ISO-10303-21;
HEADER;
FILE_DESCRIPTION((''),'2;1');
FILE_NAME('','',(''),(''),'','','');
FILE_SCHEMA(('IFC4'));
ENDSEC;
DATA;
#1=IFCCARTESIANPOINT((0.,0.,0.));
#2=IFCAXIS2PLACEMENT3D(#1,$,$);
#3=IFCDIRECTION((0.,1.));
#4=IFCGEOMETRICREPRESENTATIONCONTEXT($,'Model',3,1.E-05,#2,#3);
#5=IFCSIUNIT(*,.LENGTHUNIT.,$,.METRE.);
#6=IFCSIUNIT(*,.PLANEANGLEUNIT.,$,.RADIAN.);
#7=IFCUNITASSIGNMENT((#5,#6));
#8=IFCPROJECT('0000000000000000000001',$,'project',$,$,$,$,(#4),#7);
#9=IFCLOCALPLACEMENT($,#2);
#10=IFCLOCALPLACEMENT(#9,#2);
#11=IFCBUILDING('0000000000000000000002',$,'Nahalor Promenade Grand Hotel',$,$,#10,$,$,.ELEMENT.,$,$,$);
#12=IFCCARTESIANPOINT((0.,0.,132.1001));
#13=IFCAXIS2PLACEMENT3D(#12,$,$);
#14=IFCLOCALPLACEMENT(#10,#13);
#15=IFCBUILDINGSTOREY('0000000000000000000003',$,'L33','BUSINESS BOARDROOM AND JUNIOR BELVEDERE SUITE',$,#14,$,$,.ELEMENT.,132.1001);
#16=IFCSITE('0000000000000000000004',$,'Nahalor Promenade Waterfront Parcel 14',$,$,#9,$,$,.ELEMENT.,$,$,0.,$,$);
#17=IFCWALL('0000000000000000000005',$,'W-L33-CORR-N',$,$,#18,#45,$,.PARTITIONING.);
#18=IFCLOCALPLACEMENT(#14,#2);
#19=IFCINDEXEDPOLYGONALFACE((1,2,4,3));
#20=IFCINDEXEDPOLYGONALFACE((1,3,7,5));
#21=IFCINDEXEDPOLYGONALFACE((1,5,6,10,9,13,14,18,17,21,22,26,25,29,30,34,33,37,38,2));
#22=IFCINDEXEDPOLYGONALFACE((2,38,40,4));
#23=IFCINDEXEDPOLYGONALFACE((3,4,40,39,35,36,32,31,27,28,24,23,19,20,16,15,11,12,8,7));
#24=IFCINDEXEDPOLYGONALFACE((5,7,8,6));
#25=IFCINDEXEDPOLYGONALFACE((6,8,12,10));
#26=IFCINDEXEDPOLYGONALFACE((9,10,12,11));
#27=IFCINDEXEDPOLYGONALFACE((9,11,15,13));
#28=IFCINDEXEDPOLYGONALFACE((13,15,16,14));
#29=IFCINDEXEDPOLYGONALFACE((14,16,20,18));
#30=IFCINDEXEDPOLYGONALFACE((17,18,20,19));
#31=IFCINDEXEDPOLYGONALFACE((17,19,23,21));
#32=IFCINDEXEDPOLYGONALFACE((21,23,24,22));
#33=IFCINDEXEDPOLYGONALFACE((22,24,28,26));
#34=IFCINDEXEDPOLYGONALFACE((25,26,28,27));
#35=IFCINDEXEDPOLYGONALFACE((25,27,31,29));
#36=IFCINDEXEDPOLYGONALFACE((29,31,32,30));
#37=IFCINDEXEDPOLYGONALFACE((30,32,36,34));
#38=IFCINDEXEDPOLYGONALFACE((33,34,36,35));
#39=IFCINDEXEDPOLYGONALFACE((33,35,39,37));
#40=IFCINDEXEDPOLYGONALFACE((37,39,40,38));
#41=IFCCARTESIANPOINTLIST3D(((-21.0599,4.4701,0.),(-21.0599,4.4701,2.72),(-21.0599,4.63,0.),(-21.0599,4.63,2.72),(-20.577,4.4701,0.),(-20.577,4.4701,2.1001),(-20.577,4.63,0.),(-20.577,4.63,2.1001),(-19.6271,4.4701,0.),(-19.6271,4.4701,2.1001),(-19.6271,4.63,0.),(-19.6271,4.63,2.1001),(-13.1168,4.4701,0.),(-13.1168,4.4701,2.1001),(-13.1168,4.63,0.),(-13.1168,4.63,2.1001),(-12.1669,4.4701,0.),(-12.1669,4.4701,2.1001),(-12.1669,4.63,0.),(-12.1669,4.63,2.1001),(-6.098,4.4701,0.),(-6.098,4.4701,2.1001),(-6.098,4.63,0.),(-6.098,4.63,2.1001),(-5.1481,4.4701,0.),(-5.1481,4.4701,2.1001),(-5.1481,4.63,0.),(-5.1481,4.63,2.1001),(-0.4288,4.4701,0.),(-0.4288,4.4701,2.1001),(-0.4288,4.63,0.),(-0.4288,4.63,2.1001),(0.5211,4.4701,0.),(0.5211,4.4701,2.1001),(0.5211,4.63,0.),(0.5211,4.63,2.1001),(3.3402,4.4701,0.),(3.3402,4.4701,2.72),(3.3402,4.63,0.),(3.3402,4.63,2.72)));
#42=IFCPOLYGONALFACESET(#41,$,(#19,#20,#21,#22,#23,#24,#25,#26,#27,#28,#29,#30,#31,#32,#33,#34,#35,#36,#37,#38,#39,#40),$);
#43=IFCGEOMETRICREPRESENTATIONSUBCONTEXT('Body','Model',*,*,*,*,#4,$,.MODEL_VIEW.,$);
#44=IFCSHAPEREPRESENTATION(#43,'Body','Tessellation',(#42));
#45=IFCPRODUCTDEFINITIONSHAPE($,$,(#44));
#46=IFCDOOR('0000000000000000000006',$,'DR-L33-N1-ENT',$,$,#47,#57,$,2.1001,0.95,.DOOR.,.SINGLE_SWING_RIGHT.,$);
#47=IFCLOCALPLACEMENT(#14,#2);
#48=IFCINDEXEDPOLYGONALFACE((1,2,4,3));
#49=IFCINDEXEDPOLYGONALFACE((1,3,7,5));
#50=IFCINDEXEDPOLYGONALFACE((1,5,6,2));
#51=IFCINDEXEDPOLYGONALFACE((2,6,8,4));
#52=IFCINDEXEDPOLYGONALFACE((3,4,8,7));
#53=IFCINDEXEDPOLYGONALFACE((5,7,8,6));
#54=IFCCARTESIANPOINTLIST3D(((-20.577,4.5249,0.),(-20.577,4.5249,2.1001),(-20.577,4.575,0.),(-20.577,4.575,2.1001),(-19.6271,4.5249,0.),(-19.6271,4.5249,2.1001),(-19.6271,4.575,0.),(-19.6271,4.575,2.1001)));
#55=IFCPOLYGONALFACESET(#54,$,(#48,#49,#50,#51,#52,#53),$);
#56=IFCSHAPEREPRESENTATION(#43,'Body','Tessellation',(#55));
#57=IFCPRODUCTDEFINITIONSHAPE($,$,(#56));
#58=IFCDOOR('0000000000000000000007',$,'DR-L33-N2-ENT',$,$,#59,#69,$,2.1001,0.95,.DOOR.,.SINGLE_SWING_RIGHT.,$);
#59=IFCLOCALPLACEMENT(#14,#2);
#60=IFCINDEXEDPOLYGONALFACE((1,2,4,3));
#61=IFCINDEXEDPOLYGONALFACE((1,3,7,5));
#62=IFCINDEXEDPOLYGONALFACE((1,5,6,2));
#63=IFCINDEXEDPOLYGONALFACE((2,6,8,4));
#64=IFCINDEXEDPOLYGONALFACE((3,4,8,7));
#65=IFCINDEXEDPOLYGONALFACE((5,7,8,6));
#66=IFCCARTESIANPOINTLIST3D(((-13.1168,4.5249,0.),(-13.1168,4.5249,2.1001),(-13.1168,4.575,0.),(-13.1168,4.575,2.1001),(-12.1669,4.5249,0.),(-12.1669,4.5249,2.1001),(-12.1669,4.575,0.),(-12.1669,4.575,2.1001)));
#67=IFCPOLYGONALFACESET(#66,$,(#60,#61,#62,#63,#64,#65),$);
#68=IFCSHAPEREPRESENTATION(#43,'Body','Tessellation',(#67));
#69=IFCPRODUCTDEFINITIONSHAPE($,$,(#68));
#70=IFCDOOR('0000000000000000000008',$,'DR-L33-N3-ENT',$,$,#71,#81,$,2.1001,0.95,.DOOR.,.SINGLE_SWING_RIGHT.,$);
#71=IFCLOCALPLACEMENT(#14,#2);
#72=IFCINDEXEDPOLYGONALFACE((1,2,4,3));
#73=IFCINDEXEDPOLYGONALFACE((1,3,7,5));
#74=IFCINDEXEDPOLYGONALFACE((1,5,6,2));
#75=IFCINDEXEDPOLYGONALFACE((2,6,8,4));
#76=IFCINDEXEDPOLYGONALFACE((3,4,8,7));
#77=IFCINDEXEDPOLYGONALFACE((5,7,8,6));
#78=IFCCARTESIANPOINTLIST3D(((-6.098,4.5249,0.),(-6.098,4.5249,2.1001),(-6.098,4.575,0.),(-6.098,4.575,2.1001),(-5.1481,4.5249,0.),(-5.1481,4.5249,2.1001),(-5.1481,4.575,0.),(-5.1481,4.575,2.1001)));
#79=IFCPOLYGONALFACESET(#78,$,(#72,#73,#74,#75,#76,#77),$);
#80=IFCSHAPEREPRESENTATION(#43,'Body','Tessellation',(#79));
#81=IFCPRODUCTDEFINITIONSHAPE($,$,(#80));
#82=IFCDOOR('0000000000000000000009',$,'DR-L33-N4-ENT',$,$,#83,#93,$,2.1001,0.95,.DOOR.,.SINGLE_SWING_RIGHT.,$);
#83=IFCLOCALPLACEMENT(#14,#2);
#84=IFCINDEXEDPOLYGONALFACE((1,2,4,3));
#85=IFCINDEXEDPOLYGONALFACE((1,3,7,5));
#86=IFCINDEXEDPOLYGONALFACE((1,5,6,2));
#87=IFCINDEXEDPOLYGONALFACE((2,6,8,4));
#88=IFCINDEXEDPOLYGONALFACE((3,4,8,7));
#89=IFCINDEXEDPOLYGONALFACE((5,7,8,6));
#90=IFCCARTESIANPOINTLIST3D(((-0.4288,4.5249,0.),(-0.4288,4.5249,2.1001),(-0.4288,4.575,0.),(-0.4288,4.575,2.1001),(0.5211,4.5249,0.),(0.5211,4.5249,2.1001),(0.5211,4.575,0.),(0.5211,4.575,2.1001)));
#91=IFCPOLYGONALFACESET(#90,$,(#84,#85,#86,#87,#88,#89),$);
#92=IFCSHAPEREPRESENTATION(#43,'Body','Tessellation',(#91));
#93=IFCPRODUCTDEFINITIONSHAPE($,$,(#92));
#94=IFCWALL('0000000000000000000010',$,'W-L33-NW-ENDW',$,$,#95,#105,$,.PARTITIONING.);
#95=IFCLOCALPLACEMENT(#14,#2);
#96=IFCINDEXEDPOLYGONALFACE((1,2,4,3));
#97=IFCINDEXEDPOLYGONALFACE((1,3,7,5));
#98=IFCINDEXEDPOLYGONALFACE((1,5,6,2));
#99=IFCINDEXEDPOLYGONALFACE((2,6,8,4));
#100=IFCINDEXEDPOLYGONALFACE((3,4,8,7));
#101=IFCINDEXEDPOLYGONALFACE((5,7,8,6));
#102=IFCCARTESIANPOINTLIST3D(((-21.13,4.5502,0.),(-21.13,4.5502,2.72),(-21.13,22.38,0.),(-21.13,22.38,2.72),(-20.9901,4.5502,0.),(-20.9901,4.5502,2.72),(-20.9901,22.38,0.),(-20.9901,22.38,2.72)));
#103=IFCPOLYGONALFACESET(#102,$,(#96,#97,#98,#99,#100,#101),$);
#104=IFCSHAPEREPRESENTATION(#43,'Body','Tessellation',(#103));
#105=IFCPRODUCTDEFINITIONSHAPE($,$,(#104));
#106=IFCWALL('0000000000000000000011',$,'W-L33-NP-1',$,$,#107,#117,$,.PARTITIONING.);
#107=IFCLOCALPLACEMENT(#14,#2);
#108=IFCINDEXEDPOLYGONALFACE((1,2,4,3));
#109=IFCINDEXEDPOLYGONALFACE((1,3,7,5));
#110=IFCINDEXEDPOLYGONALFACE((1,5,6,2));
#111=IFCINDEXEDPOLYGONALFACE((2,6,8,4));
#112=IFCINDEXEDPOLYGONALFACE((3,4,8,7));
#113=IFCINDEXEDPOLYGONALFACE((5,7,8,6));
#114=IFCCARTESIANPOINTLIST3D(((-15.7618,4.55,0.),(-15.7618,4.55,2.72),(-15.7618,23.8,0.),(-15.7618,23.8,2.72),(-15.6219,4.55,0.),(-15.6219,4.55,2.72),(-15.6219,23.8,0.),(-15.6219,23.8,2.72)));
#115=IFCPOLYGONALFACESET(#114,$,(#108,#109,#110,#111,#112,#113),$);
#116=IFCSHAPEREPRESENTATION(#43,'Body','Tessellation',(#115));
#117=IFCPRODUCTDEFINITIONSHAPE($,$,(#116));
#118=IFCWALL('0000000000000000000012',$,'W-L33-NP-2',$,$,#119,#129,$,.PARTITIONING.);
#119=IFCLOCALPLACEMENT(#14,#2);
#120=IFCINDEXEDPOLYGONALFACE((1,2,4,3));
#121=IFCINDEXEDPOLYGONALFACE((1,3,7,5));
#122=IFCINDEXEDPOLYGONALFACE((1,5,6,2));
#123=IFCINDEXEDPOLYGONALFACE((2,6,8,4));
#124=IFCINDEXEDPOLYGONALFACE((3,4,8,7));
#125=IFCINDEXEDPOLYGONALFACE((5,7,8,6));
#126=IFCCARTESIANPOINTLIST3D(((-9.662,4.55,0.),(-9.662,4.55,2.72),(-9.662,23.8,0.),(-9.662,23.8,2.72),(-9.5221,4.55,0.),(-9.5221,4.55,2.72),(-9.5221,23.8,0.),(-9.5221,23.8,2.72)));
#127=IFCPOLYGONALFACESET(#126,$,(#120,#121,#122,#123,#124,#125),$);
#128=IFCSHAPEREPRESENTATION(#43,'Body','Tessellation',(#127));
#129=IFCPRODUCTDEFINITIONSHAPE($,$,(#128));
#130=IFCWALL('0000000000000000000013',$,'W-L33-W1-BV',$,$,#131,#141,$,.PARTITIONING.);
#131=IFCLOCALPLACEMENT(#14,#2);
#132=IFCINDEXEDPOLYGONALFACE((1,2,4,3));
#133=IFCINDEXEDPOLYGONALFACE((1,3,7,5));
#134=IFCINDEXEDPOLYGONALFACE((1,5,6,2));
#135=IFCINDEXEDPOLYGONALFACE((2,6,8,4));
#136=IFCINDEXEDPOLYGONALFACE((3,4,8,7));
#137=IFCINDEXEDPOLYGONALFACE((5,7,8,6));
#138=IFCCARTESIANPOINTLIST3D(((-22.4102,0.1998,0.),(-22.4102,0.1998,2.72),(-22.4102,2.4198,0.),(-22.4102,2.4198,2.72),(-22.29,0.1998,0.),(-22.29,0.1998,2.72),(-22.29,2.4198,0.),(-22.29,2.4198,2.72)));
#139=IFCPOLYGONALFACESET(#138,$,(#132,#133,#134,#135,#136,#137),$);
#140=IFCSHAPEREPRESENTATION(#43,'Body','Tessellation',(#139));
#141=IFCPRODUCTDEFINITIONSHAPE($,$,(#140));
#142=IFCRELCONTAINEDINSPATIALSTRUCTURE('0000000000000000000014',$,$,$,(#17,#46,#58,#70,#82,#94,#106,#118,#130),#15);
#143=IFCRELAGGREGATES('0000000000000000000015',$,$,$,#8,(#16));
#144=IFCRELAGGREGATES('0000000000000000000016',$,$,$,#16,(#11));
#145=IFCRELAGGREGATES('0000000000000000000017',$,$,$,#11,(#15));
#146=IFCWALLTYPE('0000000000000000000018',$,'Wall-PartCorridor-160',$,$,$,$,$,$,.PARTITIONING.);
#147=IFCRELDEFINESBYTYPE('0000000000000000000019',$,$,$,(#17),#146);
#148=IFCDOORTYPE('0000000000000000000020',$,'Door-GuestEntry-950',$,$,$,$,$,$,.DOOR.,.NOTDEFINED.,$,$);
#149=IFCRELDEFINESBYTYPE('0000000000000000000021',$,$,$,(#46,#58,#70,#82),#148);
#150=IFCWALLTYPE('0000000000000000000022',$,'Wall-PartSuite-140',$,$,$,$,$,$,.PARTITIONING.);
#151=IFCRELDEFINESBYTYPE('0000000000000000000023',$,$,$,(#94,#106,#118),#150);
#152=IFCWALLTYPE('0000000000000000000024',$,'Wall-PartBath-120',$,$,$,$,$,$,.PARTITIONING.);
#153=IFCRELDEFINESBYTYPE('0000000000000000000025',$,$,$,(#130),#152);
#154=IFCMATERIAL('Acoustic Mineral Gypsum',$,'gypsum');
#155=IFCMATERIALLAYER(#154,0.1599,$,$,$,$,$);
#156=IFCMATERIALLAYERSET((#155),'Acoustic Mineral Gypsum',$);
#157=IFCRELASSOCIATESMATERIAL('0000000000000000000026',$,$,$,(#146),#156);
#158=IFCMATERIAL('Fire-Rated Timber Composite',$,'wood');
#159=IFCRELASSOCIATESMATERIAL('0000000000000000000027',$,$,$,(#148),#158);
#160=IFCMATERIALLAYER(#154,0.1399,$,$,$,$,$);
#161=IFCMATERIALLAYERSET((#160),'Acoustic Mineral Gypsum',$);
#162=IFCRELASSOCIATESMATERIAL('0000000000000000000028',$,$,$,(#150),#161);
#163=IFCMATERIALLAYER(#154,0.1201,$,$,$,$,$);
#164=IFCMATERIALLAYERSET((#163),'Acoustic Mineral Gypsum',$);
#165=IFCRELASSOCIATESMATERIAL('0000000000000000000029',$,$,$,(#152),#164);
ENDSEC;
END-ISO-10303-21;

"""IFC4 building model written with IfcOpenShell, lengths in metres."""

from ifc_helpers import new_model, si_unit, direction, frame, frame_2d, origin, place, context, subcontext, project, spatial, rectangle, extrude, source, transform, mapped, material, layer, layer_set, type_object, element, fill, save


model = new_model("IFC4")

# Units and contexts
model_context = context("Model", 3, precision=1e-05, world=origin(), true_north=direction((0.0, 1.0)))
body_context = subcontext(model_context, "Body", "Model", "MODEL_VIEW")
ifc_project = project(units=[si_unit("LENGTHUNIT", "METRE"), si_unit("PLANEANGLEUNIT", "RADIAN")], contexts=[model_context])

# Site, building, storey
site_placement = place(None, origin())
site = spatial("IfcSite", under=ifc_project, at=site_placement, Name="Nahalor Promenade Waterfront Parcel 14", CompositionType="ELEMENT", RefElevation=0.0)
building_placement = place(site_placement, origin())
building = spatial("IfcBuilding", under=site, at=building_placement, Name="Nahalor Promenade Grand Hotel", CompositionType="ELEMENT")
storey_placement = place(building_placement, frame((0.0, 0.0, 132.1001)))
storey = spatial("IfcBuildingStorey", under=building, at=storey_placement, Name="L33", Description="BUSINESS BOARDROOM AND JUNIOR BELVEDERE SUITE", CompositionType="ELEMENT", Elevation=132.1001)

# Wall, openings, doors
ifc_material_1 = material(Name="Acoustic Mineral Gypsum", Category="gypsum")
ifc_layer_1 = layer(ifc_material_1, 0.1599)
ifc_layer_set_1 = layer_set([ifc_layer_1], Name="Acoustic Mineral Gypsum")
wall_type_1 = type_object("IfcWallType", Name="Wall-PartCorridor-160", PredefinedType="PARTITIONING", material=ifc_layer_set_1)
shared_shape_1 = source(origin(), body_context, "Body", "SweptSolid", [
    extrude(rectangle(XDim=24.4001, YDim=0.1599, at=frame_2d((12.2002, 0.0))), origin(), (0.0, 0.0, 1.0), 2.72),
])
wall_1_placement = place(storey_placement, frame((-21.0601, 4.55, 0.0), z_axis=(0.0, 0.0, 1.0), x_axis=(1.0, 0.0, 0.0)))
wall_1 = element("IfcWall", 1, at=wall_1_placement, inside=storey, type_object=wall_type_1, Name="W-L33-CORR-N", PredefinedType="PARTITIONING", context=body_context, shape_type="MappedRepresentation", body=[
    mapped(shared_shape_1, transform((0.0, 0.0, 0.0), scale=1.0)),
])
opening_1_placement = place(wall_1_placement, frame((0.4829, 0.0, 0.0)))
opening_1 = element("IfcOpeningElement", 2, at=opening_1_placement, cuts=wall_1, PredefinedType="OPENING", context=body_context, shape_type="SweptSolid", body=[
    extrude(rectangle(XDim=0.95, YDim=2.1001, at=frame_2d((0.4751, 1.05))), frame((0.0, 0.0898, 0.0), z_axis=(0.0, -1.0, 0.0), x_axis=(1.0, 0.0, 0.0)), (0.0, 0.0, 1.0), 0.1799),
])
opening_2_placement = place(wall_1_placement, frame((7.9431, 0.0, 0.0)))
opening_2 = element("IfcOpeningElement", 3, at=opening_2_placement, cuts=wall_1, PredefinedType="OPENING", context=body_context, shape_type="SweptSolid", body=[
    extrude(rectangle(XDim=0.95, YDim=2.1001, at=frame_2d((0.4751, 1.05))), frame((0.0, 0.0898, 0.0), z_axis=(0.0, -1.0, 0.0), x_axis=(1.0, 0.0, 0.0)), (0.0, 0.0, 1.0), 0.1799),
])
opening_3_placement = place(wall_1_placement, frame((14.9619, 0.0, 0.0)))
opening_3 = element("IfcOpeningElement", 4, at=opening_3_placement, cuts=wall_1, PredefinedType="OPENING", context=body_context, shape_type="SweptSolid", body=[
    extrude(rectangle(XDim=0.95, YDim=2.1001, at=frame_2d((0.4751, 1.05))), frame((0.0, 0.0898, 0.0), z_axis=(0.0, -1.0, 0.0), x_axis=(1.0, 0.0, 0.0)), (0.0, 0.0, 1.0), 0.1799),
])
opening_4_placement = place(wall_1_placement, frame((20.6311, 0.0, 0.0)))
opening_4 = element("IfcOpeningElement", 5, at=opening_4_placement, cuts=wall_1, PredefinedType="OPENING", context=body_context, shape_type="SweptSolid", body=[
    extrude(rectangle(XDim=0.95, YDim=2.1001, at=frame_2d((0.4751, 1.05))), frame((0.0, 0.0898, 0.0), z_axis=(0.0, -1.0, 0.0), x_axis=(1.0, 0.0, 0.0)), (0.0, 0.0, 1.0), 0.1799),
])
ifc_material_2 = material(Name="Fire-Rated Timber Composite", Category="wood")
door_type_1 = type_object("IfcDoorType", Name="Door-GuestEntry-950", OperationType="NOTDEFINED", PredefinedType="DOOR", material=ifc_material_2)
shared_shape_2 = source(origin(), body_context, "Body", "SweptSolid", [
    extrude(rectangle(XDim=0.95, YDim=2.1001, at=frame_2d((0.4751, 1.05))), frame((0.0, 0.0249, 0.0), z_axis=(0.0, -1.0, 0.0), x_axis=(1.0, 0.0, 0.0)), (0.0, 0.0, 1.0), 0.05),
])
door_1_placement = place(opening_1_placement, origin())
door_1 = element("IfcDoor", 6, at=door_1_placement, inside=storey, type_object=door_type_1, Name="DR-L33-N1-ENT", OperationType="SINGLE_SWING_RIGHT", OverallHeight=2.1001, OverallWidth=0.95, PredefinedType="DOOR", context=body_context, shape_type="MappedRepresentation", body=[
    mapped(shared_shape_2, transform((0.0, 0.0, 0.0), scale=1.0)),
])
fill(opening_1, door_1)
door_2_placement = place(opening_2_placement, origin())
door_2 = element("IfcDoor", 7, at=door_2_placement, inside=storey, type_object=door_type_1, Name="DR-L33-N2-ENT", OperationType="SINGLE_SWING_RIGHT", OverallHeight=2.1001, OverallWidth=0.95, PredefinedType="DOOR", context=body_context, shape_type="MappedRepresentation", body=[
    mapped(shared_shape_2, transform((0.0, 0.0, 0.0), scale=1.0)),
])
fill(opening_2, door_2)
door_3_placement = place(opening_3_placement, origin())
door_3 = element("IfcDoor", 8, at=door_3_placement, inside=storey, type_object=door_type_1, Name="DR-L33-N3-ENT", OperationType="SINGLE_SWING_RIGHT", OverallHeight=2.1001, OverallWidth=0.95, PredefinedType="DOOR", context=body_context, shape_type="MappedRepresentation", body=[
    mapped(shared_shape_2, transform((0.0, 0.0, 0.0), scale=1.0)),
])
fill(opening_3, door_3)
door_4_placement = place(opening_4_placement, origin())
door_4 = element("IfcDoor", 9, at=door_4_placement, inside=storey, type_object=door_type_1, Name="DR-L33-N4-ENT", OperationType="SINGLE_SWING_RIGHT", OverallHeight=2.1001, OverallWidth=0.95, PredefinedType="DOOR", context=body_context, shape_type="MappedRepresentation", body=[
    mapped(shared_shape_2, transform((0.0, 0.0, 0.0), scale=1.0)),
])
fill(opening_4, door_4)

# Walls
ifc_layer_2 = layer(ifc_material_1, 0.1399)
ifc_layer_set_2 = layer_set([ifc_layer_2], Name="Acoustic Mineral Gypsum")
wall_type_2 = type_object("IfcWallType", Name="Wall-PartSuite-140", PredefinedType="PARTITIONING", material=ifc_layer_set_2)
shared_shape_3 = source(origin(), body_context, "Body", "SweptSolid", [
    extrude(rectangle(XDim=17.8298, YDim=0.1399, at=frame_2d((8.915, 0.0))), origin(), (0.0, 0.0, 1.0), 2.72),
])
wall_2_placement = place(storey_placement, frame((-21.0601, 4.55, 0.0), z_axis=(0.0, 0.0, 1.0), x_axis=(0.0, 1.0, 0.0)))
element("IfcWall", 10, at=wall_2_placement, inside=storey, type_object=wall_type_2, Name="W-L33-NW-ENDW", PredefinedType="PARTITIONING", context=body_context, shape_type="MappedRepresentation", body=[
    mapped(shared_shape_3, transform((0.0, 0.0, 0.0), scale=1.0)),
])
shared_shape_4 = source(origin(), body_context, "Body", "SweptSolid", [
    extrude(rectangle(XDim=19.25, YDim=0.1399, at=frame_2d((9.625, 0.0))), origin(), (0.0, 0.0, 1.0), 2.72),
])
for number, where, z_axis, x_axis, name in (
    (11, (-15.6919, 4.55, 0.0), (0.0, 0.0, 1.0), (0.0, 1.0, 0.0), "W-L33-NP-1"),
    (12, (-9.592, 4.55, 0.0), (0.0, 0.0, 1.0), (0.0, 1.0, 0.0), "W-L33-NP-2"),
):
    element("IfcWall", number, at=place(storey_placement, frame(where, z_axis=z_axis, x_axis=x_axis)), inside=storey, type_object=wall_type_2, Name=name, PredefinedType="PARTITIONING", context=body_context, shape_type="MappedRepresentation", body=[
        mapped(shared_shape_4, transform((0.0, 0.0, 0.0), scale=1.0)),
    ])
ifc_layer_3 = layer(ifc_material_1, 0.1201)
ifc_layer_set_3 = layer_set([ifc_layer_3], Name="Acoustic Mineral Gypsum")
wall_type_3 = type_object("IfcWallType", Name="Wall-PartBath-120", PredefinedType="PARTITIONING", material=ifc_layer_set_3)
shared_shape_5 = source(origin(), body_context, "Body", "SweptSolid", [
    extrude(rectangle(XDim=2.22, YDim=0.1201, at=frame_2d((1.1099, 0.0))), origin(), (0.0, 0.0, 1.0), 2.72),
])
wall_3_placement = place(storey_placement, frame((-22.3501, 0.2, 0.0), z_axis=(0.0, 0.0, 1.0), x_axis=(0.0, 1.0, 0.0)))
element("IfcWall", 13, at=wall_3_placement, inside=storey, type_object=wall_type_3, Name="W-L33-W1-BV", PredefinedType="PARTITIONING", context=body_context, shape_type="MappedRepresentation", body=[
    mapped(shared_shape_5, transform((0.0, 0.0, 0.0), scale=1.0)),
])

save(model, "model.ifc")
